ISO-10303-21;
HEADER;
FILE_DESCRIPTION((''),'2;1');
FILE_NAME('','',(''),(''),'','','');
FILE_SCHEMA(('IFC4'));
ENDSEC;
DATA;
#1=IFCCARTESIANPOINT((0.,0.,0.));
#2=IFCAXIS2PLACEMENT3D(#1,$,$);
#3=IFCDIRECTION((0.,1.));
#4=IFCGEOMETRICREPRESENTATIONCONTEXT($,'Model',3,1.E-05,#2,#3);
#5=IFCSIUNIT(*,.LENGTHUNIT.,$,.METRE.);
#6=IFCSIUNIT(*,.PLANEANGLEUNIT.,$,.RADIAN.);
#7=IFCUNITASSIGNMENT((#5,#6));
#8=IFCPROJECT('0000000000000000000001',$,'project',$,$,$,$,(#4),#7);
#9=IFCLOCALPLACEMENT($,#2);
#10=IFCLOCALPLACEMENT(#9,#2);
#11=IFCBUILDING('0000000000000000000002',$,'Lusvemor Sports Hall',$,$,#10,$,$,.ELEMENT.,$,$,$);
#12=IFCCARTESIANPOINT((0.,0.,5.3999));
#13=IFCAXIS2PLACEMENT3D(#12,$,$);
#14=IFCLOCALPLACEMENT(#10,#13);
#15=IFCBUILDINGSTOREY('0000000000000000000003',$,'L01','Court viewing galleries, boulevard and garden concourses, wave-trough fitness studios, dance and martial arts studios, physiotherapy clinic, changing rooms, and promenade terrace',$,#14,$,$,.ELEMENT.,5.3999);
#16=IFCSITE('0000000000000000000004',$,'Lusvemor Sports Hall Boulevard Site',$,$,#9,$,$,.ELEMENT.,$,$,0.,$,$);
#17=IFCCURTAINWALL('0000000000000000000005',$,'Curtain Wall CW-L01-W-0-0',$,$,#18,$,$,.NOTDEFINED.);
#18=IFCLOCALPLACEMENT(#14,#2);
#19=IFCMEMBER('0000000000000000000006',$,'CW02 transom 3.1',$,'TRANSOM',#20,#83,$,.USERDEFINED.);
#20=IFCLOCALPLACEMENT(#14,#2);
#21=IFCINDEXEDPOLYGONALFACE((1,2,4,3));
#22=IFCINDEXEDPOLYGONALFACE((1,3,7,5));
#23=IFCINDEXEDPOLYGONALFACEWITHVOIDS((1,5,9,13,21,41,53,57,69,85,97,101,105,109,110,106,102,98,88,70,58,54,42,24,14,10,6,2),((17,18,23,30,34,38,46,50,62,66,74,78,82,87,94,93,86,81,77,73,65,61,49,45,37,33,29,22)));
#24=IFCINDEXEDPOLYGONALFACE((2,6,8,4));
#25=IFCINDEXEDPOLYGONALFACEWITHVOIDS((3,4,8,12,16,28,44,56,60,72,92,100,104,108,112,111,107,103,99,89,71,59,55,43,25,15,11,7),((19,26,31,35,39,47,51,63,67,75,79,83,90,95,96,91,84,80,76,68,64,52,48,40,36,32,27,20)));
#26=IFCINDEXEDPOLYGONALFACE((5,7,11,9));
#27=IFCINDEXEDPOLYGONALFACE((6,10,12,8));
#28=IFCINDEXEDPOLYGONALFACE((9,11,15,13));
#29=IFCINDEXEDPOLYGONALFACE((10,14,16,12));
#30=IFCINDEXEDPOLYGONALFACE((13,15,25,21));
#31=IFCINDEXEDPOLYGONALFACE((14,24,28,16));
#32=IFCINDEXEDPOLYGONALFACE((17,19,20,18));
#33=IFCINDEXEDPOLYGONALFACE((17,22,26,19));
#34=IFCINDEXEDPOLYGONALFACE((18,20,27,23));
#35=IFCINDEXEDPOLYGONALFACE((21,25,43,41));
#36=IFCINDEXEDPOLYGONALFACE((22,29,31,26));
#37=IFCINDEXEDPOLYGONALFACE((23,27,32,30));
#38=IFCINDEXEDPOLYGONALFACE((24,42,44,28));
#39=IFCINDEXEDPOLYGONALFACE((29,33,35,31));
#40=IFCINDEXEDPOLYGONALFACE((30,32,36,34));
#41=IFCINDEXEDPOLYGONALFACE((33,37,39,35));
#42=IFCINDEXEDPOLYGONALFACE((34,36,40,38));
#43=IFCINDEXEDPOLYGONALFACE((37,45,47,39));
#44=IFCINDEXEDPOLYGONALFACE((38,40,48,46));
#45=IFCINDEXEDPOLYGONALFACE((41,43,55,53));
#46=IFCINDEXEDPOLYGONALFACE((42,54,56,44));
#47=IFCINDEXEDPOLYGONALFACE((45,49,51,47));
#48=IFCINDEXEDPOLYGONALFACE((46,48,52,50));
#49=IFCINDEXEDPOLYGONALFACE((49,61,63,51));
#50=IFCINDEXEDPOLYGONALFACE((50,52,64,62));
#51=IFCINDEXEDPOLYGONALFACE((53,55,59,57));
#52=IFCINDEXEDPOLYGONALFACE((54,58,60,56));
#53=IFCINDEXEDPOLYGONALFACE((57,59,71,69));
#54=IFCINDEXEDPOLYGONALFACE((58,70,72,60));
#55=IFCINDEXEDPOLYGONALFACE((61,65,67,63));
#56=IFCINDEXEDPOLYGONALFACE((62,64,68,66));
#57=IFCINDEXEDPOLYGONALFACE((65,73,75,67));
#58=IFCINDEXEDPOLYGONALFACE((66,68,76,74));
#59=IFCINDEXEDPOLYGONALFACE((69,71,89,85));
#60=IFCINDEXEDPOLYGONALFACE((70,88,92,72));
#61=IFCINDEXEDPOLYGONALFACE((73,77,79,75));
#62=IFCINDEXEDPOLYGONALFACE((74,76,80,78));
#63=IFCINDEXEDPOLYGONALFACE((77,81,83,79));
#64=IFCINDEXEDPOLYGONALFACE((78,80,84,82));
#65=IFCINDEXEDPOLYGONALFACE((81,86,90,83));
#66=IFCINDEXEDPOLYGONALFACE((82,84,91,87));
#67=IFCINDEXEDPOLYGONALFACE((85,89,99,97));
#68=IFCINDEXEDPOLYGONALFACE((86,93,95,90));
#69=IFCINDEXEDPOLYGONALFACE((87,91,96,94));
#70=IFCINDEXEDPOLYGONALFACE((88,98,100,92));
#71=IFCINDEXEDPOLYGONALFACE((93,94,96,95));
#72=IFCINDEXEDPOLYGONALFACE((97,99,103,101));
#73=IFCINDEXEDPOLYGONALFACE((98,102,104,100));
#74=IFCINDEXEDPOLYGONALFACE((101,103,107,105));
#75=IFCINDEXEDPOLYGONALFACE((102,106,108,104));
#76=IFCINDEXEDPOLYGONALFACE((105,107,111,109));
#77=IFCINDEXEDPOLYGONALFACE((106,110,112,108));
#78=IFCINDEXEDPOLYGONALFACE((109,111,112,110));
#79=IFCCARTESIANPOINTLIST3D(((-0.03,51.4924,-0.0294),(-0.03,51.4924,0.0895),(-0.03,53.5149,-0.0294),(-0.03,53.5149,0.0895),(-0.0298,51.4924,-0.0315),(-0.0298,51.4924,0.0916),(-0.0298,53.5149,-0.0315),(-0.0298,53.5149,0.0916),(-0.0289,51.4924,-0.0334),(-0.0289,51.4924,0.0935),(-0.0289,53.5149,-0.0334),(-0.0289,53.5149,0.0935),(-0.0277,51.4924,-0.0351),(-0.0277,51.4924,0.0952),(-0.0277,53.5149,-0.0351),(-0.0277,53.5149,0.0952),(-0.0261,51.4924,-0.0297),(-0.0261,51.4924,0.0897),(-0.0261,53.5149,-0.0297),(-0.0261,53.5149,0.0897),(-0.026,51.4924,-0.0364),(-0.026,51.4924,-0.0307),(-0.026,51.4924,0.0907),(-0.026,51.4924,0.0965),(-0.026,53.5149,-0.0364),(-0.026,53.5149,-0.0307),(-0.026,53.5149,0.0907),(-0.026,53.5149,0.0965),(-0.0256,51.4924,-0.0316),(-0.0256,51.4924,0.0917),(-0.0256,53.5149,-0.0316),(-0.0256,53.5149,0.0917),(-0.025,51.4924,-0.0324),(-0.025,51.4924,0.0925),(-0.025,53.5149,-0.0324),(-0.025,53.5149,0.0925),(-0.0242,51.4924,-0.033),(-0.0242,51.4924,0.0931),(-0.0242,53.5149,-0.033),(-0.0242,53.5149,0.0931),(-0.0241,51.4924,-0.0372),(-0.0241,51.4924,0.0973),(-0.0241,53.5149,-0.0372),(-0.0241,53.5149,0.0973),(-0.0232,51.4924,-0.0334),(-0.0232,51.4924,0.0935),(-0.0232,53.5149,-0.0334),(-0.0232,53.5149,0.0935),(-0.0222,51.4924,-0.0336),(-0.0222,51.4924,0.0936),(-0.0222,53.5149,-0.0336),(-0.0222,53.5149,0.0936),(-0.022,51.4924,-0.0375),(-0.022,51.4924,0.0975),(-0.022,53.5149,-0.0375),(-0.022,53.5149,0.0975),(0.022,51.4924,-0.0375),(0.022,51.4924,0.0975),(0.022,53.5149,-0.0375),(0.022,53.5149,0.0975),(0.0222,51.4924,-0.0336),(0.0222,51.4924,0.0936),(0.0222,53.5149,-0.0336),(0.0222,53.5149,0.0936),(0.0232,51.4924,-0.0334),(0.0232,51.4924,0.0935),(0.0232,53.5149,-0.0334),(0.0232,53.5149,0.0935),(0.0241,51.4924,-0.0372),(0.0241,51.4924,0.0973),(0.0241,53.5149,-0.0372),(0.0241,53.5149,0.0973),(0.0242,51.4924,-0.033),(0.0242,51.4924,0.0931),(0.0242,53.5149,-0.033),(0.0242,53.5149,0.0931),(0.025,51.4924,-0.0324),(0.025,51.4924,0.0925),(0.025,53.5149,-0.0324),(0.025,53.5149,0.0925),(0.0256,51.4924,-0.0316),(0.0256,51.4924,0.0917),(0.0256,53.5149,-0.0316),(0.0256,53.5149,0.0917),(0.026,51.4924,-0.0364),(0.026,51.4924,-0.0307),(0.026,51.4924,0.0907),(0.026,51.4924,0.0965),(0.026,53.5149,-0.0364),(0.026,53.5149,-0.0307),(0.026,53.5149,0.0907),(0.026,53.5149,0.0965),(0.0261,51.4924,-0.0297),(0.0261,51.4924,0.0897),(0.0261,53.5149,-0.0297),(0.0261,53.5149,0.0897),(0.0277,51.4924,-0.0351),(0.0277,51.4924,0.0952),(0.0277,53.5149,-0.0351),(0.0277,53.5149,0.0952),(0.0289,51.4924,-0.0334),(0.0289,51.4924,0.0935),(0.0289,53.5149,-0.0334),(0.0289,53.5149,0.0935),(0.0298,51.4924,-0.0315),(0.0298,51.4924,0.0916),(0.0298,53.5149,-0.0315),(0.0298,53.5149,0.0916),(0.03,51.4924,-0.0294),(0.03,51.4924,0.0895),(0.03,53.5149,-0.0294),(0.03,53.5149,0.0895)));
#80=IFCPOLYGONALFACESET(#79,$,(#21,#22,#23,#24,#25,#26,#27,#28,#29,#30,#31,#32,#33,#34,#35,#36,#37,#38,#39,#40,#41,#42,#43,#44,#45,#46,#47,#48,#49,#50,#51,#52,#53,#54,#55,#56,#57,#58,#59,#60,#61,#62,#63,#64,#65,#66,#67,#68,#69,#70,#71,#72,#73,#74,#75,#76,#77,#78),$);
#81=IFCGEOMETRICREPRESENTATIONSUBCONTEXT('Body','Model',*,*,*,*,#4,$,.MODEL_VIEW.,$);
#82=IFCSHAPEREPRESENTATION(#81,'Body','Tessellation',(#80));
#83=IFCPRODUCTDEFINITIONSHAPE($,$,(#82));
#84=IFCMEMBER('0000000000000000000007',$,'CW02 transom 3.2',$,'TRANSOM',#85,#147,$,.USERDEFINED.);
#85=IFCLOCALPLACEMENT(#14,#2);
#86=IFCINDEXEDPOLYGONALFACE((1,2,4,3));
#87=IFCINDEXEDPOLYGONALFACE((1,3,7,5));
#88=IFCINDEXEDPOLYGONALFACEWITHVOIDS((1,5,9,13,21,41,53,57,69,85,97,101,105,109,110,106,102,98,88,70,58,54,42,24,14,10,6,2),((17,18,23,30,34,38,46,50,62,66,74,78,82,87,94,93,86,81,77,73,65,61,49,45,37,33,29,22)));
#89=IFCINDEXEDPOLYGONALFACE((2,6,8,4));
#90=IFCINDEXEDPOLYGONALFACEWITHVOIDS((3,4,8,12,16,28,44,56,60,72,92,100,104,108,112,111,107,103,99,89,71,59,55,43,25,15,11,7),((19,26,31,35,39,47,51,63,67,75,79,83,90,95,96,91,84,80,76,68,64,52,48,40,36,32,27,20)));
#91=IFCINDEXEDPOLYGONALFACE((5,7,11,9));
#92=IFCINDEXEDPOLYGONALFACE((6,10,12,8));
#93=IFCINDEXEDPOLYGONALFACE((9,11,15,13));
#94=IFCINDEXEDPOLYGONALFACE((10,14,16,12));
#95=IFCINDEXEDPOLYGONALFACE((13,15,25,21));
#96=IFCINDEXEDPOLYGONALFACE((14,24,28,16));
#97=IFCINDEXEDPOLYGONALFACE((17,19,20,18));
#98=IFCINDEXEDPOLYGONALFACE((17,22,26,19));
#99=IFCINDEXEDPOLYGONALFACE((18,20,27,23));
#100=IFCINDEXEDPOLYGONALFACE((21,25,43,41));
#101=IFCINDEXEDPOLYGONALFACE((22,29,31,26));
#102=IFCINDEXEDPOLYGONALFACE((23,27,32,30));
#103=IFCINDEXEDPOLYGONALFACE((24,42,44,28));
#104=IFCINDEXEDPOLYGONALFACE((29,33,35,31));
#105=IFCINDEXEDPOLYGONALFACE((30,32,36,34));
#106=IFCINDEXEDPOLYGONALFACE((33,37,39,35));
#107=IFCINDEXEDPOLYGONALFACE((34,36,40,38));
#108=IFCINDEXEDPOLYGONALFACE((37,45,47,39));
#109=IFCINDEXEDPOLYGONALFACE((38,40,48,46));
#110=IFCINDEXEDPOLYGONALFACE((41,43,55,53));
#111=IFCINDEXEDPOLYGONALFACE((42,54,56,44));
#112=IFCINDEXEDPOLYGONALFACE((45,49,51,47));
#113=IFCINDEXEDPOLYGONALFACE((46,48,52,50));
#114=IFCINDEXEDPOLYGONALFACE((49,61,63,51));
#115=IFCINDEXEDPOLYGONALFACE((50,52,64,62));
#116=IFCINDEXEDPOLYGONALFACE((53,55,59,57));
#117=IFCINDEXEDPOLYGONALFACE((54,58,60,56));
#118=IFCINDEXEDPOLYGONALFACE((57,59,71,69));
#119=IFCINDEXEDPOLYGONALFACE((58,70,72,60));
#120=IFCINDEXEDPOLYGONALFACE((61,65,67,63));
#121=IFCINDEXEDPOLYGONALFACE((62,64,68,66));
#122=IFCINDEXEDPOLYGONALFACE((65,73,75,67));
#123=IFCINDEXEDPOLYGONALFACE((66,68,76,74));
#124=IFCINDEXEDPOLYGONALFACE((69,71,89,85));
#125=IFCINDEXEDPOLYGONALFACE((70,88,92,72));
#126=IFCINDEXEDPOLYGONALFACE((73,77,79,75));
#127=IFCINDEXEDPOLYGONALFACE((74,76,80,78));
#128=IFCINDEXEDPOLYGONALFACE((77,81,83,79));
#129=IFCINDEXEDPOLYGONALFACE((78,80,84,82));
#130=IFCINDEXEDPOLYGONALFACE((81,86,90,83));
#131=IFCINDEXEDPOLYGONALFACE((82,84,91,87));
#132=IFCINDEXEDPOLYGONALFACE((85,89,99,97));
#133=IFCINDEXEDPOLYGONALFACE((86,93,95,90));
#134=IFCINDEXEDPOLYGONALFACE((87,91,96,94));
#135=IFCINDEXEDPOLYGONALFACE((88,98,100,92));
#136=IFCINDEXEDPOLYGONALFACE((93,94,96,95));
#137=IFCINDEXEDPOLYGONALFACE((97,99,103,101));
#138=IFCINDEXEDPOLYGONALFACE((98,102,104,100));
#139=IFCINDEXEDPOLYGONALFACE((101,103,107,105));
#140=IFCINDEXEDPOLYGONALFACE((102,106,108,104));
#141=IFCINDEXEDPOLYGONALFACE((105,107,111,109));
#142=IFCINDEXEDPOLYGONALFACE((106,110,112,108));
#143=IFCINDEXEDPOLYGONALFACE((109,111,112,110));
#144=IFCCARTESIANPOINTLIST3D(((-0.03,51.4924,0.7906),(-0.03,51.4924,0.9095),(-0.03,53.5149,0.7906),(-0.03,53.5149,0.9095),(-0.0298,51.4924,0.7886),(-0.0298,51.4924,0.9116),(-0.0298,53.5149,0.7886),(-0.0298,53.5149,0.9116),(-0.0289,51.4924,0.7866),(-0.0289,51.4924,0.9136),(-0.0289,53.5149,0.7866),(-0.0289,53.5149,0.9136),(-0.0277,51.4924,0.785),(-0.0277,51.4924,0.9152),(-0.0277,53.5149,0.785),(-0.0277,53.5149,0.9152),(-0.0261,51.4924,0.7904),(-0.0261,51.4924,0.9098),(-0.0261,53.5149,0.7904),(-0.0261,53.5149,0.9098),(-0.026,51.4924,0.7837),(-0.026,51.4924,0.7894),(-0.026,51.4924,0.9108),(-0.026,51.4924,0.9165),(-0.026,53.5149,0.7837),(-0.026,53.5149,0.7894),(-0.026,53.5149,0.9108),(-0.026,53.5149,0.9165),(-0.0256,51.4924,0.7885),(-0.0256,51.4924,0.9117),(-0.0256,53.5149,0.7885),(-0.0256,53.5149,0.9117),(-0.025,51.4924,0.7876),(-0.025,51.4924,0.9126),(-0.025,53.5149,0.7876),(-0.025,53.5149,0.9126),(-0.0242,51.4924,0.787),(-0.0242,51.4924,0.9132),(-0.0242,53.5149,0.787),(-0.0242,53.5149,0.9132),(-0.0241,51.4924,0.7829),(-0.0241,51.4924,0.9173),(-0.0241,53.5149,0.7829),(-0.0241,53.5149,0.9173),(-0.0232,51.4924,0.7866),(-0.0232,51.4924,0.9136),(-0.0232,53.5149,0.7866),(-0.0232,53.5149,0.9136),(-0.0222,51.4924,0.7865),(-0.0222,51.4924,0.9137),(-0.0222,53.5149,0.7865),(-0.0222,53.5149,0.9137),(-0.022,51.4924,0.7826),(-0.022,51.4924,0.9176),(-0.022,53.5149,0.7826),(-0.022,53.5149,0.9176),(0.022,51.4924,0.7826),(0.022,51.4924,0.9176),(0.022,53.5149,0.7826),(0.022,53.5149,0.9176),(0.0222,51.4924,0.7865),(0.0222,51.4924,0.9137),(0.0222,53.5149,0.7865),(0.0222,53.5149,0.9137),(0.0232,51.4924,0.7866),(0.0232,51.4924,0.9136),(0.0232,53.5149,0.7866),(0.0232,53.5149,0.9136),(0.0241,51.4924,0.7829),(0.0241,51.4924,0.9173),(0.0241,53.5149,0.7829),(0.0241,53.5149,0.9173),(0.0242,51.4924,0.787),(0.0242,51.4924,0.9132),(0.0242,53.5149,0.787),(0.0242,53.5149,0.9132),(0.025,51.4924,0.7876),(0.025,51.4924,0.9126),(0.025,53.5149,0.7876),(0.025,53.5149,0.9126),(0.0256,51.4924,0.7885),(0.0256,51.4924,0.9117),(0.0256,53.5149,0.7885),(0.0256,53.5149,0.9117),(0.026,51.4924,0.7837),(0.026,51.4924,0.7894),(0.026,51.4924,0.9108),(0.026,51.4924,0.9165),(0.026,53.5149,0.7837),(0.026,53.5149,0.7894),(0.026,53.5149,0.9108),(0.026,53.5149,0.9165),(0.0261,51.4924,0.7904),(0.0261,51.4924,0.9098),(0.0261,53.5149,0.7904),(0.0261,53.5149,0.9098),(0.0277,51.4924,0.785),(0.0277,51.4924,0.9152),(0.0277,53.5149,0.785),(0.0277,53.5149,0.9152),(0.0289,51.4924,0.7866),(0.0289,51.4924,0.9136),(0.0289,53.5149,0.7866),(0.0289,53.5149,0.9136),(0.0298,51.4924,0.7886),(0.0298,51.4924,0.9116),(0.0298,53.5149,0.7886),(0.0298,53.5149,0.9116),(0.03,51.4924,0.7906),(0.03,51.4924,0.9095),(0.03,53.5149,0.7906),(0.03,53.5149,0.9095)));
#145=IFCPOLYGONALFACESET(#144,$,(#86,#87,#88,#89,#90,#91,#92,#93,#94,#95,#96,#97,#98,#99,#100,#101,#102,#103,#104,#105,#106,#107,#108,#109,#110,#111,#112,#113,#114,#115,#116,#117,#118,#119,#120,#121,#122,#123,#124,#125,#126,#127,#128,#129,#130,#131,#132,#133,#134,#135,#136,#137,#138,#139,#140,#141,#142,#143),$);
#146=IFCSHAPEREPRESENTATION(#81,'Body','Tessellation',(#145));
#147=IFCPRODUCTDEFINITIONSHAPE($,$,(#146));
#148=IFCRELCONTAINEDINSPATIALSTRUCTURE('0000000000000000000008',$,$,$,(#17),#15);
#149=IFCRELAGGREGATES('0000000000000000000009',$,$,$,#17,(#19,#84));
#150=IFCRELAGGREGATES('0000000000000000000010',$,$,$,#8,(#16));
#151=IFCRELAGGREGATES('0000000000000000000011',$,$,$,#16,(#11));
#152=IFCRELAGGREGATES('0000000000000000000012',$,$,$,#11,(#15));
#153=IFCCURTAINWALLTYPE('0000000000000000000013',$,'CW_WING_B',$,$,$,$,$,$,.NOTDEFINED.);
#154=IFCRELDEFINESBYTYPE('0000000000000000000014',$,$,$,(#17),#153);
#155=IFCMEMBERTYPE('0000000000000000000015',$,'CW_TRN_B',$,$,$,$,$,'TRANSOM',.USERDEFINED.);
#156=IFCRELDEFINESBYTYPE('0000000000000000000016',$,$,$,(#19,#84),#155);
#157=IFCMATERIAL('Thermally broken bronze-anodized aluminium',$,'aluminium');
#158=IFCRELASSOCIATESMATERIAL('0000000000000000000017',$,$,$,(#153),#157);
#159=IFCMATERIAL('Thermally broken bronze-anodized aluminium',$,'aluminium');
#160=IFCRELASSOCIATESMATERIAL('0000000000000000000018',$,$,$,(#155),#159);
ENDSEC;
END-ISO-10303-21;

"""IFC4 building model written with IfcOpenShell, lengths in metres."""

from ifc_helpers import new_model, si_unit, direction, frame, origin, origin_2d, place, context, subcontext, project, spatial, hollow_rectangle, extrude, material, material_profile, profile_set, type_object, element, aggregate, save


model = new_model("IFC4")

# Units and contexts
model_context = context("Model", 3, precision=1e-05, world=origin(), true_north=direction((0.0, 1.0)))
body_context = subcontext(model_context, "Body", "Model", "MODEL_VIEW")
ifc_project = project(units=[si_unit("LENGTHUNIT", "METRE"), si_unit("PLANEANGLEUNIT", "RADIAN")], contexts=[model_context])

# Site, building, storey
site_placement = place(None, origin())
site = spatial("IfcSite", under=ifc_project, at=site_placement, Name="Lusvemor Sports Hall Boulevard Site", CompositionType="ELEMENT", RefElevation=0.0)
building_placement = place(site_placement, origin())
building = spatial("IfcBuilding", under=site, at=building_placement, Name="Lusvemor Sports Hall", CompositionType="ELEMENT")
storey_placement = place(building_placement, frame((0.0, 0.0, 5.3999)))
storey = spatial("IfcBuildingStorey", under=building, at=storey_placement, Name="L01", Description="Court viewing galleries, boulevard and garden concourses, wave-trough fitness studios, dance and martial arts studios, physiotherapy clinic, changing rooms, and promenade terrace", CompositionType="ELEMENT", Elevation=5.3999)

# Curtain wall
ifc_material_1 = material(Name="Thermally broken bronze-anodized aluminium", Category="aluminium")
curtain_wall_type = type_object("IfcCurtainWallType", Name="CW_WING_B", PredefinedType="NOTDEFINED", material=ifc_material_1)
curtain_wall_1_placement = place(storey_placement, origin())
curtain_wall_1 = element("IfcCurtainWall", 1, at=curtain_wall_1_placement, inside=storey, type_object=curtain_wall_type, Name="Curtain Wall CW-L01-W-0-0", PredefinedType="NOTDEFINED")

# Members
ifc_material_2 = material(Name="Thermally broken bronze-anodized aluminium", Category="aluminium")
ifc_material_profile_1 = material_profile(ifc_material_2, hollow_rectangle(XDim=0.0601, YDim=0.135, WallThickness=0.0039, InnerFilletRadius=0.0039, OuterFilletRadius=0.0081, at=origin_2d()), Name="CWTRN135x60x4")
ifc_profile_set_1 = profile_set([ifc_material_profile_1], Name="Thermally broken bronze-anodized aluminium")
member_type_1 = type_object("IfcMemberType", Name="CW_TRN_B", ElementType="TRANSOM", PredefinedType="USERDEFINED", material=ifc_profile_set_1)
member_1_placement = place(storey_placement, frame((0.0, 51.4924, 0.03), z_axis=(0.0, 1.0, 0.0), x_axis=(-1.0, 0.0, 0.0)))
member_1 = element("IfcMember", 2, at=member_1_placement, type_object=member_type_1, Name="CW02 transom 3.1", ObjectType="TRANSOM", PredefinedType="USERDEFINED", context=body_context, shape_type="SweptSolid", body=[
    extrude(hollow_rectangle(XDim=0.0601, YDim=0.135, WallThickness=0.0039, InnerFilletRadius=0.0039, OuterFilletRadius=0.0081, at=origin_2d()), origin(), (0.0, 0.0, 1.0), 2.0225),
])
member_2_placement = place(storey_placement, frame((0.0, 51.4924, 0.8501), z_axis=(0.0, 1.0, 0.0), x_axis=(-1.0, 0.0, 0.0)))
member_2 = element("IfcMember", 3, at=member_2_placement, type_object=member_type_1, Name="CW02 transom 3.2", ObjectType="TRANSOM", PredefinedType="USERDEFINED", context=body_context, shape_type="SweptSolid", body=[
    extrude(hollow_rectangle(XDim=0.0601, YDim=0.135, WallThickness=0.0039, InnerFilletRadius=0.0039, OuterFilletRadius=0.0081, at=origin_2d()), origin(), (0.0, 0.0, 1.0), 2.0225),
])

aggregate(curtain_wall_1, [member_1, member_2])

save(model, "model.ifc")
